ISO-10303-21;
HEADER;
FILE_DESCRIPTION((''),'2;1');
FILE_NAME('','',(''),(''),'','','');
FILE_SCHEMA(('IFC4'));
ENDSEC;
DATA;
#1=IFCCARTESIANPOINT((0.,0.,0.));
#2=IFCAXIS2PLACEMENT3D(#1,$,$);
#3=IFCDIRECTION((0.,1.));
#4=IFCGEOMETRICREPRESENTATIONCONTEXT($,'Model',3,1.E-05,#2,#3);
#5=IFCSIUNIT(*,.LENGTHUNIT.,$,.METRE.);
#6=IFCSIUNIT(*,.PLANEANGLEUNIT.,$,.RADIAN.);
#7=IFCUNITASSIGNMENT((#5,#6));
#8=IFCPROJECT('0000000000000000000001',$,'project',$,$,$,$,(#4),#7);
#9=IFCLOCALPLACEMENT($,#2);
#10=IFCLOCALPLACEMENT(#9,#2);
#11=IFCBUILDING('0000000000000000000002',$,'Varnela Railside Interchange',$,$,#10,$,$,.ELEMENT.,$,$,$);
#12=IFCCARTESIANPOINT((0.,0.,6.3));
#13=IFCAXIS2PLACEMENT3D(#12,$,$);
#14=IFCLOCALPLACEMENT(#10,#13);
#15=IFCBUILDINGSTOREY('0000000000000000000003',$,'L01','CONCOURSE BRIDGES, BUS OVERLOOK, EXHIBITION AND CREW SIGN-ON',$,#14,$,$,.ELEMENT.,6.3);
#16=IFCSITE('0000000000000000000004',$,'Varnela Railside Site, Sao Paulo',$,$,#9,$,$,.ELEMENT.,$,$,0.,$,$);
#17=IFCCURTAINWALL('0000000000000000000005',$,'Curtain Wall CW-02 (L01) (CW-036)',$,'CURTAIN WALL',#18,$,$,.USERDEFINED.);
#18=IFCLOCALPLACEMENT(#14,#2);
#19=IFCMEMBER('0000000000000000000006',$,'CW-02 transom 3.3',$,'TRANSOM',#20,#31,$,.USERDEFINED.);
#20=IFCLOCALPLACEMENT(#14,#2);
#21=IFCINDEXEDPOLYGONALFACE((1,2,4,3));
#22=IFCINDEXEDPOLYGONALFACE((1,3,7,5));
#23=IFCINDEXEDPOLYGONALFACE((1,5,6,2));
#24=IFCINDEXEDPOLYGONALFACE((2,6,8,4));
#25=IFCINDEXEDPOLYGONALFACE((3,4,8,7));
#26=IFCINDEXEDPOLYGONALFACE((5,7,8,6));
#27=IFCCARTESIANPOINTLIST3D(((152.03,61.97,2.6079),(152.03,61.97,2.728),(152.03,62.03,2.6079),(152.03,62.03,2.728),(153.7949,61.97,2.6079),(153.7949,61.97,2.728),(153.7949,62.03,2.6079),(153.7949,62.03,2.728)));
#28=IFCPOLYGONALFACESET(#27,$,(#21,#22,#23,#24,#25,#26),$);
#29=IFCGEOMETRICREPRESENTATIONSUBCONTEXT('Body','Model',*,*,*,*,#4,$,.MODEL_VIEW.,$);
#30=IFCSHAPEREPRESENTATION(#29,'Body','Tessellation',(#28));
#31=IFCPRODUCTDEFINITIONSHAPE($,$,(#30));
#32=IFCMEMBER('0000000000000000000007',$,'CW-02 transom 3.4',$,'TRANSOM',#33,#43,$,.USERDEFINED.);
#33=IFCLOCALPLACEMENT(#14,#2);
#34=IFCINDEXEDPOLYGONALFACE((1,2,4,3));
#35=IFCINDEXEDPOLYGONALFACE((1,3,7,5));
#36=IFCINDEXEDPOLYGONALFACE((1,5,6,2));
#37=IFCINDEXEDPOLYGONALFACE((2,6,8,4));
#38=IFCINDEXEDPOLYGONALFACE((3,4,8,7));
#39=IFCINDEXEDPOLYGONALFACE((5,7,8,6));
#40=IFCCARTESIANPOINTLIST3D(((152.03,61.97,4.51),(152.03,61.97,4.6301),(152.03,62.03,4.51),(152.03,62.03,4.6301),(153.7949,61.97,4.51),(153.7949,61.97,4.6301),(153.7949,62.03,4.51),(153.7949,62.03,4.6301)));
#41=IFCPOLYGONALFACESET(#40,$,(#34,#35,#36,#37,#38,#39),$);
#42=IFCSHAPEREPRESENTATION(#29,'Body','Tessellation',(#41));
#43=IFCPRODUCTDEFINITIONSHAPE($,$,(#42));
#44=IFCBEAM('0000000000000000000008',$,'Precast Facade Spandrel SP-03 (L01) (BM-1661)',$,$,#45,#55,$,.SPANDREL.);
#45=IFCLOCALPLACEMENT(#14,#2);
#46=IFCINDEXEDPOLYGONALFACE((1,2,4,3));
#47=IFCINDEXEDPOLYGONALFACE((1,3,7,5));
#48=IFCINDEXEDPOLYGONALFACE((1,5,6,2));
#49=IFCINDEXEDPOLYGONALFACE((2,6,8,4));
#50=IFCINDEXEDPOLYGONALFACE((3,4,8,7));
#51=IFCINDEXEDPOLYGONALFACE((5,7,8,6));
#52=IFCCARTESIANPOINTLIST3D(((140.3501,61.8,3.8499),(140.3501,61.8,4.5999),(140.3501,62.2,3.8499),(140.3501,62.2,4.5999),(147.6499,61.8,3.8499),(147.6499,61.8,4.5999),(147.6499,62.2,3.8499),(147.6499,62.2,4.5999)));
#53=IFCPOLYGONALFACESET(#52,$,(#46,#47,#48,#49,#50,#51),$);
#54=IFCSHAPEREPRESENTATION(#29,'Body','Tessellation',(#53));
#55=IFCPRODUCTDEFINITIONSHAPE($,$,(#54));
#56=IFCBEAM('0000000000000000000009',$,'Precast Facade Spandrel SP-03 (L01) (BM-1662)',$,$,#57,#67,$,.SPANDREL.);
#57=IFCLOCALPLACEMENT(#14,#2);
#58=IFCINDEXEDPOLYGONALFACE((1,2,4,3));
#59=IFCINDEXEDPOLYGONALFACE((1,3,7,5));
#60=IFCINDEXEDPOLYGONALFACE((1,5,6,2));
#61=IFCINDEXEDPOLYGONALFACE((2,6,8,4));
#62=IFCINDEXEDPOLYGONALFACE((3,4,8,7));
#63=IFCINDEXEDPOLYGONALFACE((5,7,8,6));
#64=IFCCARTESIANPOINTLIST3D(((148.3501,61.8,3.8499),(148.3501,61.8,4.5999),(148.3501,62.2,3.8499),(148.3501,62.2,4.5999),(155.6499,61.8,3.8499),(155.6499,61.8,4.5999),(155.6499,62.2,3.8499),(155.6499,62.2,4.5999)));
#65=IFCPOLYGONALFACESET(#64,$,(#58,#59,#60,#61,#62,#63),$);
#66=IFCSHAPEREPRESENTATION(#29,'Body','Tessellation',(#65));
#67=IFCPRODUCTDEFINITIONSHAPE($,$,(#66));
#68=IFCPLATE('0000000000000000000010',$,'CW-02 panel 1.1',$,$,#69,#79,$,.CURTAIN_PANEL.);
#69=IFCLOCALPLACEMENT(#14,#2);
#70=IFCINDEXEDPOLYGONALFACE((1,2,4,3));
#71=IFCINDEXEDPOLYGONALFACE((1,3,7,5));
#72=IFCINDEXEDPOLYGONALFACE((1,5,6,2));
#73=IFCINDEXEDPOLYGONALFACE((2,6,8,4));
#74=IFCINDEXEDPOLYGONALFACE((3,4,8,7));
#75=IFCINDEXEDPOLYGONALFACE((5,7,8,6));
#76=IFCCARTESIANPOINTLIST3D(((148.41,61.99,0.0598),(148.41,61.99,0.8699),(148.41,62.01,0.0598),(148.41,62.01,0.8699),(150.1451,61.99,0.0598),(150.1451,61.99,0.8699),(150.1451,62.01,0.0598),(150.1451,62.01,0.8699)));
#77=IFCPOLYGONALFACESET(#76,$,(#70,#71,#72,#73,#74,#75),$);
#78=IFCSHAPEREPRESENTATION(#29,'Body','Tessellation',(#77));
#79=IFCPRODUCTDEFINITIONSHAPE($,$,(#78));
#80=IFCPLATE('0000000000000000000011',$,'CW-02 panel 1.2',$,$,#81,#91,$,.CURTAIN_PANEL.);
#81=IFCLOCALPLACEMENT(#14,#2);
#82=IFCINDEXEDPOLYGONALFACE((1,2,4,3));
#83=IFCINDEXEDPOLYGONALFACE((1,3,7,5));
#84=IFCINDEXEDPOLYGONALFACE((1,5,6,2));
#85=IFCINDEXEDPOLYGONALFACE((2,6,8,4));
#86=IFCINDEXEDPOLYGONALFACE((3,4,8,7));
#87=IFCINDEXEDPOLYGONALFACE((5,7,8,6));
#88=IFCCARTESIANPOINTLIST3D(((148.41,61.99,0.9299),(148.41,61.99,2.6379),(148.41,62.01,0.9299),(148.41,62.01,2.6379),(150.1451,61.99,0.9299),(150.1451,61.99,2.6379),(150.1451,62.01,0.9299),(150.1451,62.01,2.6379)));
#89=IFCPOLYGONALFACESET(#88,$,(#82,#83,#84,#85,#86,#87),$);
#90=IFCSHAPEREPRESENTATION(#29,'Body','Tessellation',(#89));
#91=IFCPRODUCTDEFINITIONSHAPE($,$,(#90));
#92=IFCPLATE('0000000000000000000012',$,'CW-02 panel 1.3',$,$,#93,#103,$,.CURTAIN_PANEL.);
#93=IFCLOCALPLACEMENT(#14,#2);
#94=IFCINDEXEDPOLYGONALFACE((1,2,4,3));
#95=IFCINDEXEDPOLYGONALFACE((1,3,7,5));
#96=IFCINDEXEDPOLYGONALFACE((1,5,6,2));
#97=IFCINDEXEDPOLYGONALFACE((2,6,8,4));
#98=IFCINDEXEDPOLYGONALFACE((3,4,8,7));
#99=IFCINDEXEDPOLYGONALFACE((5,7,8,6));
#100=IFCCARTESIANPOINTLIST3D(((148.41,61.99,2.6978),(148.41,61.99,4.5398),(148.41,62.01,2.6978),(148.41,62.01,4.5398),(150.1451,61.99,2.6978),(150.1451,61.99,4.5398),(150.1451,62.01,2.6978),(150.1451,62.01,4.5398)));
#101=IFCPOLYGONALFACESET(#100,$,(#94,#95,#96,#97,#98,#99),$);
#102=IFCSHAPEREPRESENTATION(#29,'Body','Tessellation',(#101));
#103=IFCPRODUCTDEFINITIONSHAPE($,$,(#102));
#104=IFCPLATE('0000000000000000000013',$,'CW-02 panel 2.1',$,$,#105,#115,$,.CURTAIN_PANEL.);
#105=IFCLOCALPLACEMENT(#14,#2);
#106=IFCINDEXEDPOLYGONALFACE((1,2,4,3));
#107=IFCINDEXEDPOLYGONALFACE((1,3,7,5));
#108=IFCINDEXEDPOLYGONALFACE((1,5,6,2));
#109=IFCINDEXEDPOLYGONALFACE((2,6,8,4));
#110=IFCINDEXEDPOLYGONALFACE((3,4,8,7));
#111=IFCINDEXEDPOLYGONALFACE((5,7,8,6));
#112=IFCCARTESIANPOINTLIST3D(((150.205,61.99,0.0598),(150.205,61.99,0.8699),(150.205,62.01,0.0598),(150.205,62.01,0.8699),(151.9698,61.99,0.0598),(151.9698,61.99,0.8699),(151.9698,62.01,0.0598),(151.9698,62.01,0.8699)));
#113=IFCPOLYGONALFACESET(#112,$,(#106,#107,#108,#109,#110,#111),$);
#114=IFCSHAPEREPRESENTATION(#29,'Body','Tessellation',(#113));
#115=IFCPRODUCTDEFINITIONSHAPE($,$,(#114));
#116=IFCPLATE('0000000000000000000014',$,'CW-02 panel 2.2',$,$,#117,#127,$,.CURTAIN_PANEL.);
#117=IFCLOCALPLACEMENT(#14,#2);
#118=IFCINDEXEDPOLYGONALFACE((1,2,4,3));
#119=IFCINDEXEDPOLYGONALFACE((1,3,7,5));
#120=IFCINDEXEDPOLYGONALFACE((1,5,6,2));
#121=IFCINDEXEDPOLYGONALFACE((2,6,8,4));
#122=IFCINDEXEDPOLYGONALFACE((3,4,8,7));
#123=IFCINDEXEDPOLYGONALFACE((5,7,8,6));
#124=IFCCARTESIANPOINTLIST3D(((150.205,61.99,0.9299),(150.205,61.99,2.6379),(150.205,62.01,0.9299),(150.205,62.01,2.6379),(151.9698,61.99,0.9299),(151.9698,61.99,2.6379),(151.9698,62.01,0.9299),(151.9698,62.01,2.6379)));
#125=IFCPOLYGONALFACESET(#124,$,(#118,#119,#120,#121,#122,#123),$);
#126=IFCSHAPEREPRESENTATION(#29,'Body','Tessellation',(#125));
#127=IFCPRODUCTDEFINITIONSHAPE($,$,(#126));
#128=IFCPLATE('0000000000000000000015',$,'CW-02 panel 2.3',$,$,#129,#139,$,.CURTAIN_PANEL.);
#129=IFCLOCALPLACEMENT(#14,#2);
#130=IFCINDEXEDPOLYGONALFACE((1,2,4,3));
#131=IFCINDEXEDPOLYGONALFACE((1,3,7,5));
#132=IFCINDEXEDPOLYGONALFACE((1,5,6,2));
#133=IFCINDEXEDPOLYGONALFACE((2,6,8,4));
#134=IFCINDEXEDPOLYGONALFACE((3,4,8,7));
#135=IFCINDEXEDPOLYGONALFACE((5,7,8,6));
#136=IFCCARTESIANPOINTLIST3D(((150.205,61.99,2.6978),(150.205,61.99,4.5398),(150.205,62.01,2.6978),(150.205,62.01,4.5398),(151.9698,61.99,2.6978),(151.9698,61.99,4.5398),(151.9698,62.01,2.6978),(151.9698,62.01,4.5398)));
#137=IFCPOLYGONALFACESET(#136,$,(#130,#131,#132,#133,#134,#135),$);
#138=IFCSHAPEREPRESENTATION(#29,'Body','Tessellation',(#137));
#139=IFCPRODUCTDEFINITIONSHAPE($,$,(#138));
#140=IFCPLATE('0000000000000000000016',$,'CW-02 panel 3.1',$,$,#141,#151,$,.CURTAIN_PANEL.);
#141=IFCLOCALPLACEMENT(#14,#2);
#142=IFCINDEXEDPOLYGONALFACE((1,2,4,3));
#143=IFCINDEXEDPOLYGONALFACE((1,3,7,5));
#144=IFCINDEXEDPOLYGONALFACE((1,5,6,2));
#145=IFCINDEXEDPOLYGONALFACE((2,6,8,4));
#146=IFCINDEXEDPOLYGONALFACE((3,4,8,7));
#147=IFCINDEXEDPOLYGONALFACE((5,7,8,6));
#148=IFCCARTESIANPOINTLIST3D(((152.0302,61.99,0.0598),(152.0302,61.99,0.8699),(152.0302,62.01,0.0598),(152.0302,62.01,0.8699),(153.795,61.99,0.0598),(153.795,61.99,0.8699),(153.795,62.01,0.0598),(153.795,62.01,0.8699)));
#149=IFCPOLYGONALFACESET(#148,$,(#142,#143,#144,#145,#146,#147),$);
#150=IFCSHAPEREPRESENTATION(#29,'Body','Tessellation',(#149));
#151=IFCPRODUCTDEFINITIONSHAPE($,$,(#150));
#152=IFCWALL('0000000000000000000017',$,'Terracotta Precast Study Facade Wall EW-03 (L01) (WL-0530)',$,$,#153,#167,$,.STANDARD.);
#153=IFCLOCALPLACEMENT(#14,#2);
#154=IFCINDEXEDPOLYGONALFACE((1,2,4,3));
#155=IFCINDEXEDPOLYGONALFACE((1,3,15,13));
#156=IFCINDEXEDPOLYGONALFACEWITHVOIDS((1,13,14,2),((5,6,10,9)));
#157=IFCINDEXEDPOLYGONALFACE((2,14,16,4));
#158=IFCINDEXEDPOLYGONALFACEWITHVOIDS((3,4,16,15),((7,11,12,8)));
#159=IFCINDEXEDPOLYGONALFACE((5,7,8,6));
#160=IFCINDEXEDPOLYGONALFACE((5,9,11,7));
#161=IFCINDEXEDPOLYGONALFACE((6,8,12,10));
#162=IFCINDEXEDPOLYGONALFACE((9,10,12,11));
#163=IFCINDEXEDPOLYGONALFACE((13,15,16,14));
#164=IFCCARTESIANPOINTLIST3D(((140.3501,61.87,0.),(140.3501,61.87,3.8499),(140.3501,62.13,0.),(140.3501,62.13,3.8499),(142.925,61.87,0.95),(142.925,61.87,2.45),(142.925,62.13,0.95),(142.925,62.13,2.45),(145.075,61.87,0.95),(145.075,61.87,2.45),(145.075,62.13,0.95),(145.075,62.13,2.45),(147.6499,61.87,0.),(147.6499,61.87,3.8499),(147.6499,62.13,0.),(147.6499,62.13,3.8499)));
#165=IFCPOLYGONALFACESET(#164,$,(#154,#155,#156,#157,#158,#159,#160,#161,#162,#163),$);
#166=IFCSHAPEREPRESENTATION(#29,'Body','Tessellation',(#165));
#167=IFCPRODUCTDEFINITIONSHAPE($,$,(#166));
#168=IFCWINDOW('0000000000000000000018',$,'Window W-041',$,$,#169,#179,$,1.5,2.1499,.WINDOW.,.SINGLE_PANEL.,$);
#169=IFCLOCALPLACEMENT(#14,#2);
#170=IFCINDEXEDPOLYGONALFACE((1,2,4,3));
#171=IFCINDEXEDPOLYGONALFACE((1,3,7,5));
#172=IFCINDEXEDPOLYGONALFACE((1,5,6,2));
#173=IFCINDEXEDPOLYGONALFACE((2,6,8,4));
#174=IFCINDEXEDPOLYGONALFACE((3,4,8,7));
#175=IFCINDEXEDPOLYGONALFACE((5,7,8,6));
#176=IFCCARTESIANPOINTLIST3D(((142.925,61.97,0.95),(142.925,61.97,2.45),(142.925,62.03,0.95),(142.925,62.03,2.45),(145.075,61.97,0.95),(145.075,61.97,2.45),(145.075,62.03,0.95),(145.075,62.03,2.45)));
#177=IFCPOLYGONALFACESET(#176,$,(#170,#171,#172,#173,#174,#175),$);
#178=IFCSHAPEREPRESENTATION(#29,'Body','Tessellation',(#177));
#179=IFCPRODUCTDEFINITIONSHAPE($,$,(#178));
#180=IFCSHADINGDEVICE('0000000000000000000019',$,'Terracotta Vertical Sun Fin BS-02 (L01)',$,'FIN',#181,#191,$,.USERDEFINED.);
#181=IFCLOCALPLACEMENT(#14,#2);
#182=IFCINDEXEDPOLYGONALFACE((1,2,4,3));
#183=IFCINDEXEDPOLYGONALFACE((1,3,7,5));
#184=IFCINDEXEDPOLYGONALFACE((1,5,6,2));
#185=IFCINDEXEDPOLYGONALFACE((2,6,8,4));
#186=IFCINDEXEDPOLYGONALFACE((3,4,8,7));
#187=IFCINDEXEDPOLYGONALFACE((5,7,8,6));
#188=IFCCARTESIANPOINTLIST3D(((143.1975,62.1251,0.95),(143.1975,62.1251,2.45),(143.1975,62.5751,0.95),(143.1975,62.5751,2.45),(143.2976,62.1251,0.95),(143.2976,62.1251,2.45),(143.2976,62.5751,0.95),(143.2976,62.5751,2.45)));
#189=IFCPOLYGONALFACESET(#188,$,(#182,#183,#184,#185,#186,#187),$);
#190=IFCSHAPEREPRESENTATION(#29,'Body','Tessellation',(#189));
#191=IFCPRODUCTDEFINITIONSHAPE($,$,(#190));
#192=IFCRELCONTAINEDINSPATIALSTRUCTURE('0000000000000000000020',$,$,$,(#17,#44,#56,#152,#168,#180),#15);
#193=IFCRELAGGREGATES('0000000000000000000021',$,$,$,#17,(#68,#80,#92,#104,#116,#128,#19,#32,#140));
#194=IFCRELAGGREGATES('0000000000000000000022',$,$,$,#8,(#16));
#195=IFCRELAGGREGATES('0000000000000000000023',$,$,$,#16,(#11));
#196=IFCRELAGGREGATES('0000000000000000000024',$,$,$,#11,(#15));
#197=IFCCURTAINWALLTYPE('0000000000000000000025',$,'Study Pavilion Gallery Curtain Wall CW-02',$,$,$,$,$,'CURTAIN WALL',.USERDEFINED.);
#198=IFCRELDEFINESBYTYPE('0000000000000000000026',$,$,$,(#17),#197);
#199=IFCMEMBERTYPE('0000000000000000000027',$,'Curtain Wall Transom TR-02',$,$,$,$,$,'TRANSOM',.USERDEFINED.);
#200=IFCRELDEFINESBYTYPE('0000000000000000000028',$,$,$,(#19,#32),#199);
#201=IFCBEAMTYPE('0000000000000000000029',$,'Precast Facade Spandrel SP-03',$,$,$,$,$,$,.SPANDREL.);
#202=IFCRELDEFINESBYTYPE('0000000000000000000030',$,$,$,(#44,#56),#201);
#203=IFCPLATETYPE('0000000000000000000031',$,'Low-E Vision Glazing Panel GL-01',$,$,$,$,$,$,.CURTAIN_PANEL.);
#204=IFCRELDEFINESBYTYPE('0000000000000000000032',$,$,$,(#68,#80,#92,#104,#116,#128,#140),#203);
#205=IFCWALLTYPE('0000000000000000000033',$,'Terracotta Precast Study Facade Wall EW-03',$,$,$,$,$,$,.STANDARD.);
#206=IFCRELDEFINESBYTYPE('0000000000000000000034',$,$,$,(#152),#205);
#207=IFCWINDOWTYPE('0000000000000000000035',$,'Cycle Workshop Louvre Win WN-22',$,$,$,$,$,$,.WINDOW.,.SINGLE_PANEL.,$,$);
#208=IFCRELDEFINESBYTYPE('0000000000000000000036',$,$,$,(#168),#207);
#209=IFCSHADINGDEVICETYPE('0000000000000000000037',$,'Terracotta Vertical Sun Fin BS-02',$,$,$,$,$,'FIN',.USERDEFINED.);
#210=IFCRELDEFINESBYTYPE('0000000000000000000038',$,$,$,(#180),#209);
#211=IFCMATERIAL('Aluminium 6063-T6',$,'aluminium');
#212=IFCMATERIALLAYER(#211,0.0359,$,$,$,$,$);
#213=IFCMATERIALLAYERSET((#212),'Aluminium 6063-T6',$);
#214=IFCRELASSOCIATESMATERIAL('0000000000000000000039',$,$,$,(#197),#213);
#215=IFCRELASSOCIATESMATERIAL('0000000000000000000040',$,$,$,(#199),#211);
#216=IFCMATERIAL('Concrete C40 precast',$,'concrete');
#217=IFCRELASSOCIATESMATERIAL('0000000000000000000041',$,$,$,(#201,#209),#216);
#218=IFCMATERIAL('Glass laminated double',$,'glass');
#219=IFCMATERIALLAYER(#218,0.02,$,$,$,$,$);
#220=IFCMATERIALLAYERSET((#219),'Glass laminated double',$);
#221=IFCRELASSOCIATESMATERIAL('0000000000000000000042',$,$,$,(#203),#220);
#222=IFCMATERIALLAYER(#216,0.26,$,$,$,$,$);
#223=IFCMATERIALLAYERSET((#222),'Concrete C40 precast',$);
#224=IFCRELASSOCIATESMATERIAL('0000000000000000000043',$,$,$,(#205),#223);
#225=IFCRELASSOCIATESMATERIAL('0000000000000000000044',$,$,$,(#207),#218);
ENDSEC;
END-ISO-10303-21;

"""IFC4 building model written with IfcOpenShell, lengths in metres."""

from ifc_helpers import new_model, si_unit, direction, frame, frame_2d, origin, origin_2d, place, context, subcontext, project, spatial, rectangle, extrude, material, layer, layer_set, material_profile, profile_set, type_object, element, fill, aggregate, save


model = new_model("IFC4")

# Units and contexts
model_context = context("Model", 3, precision=1e-05, world=origin(), true_north=direction((0.0, 1.0)))
body_context = subcontext(model_context, "Body", "Model", "MODEL_VIEW")
ifc_project = project(units=[si_unit("LENGTHUNIT", "METRE"), si_unit("PLANEANGLEUNIT", "RADIAN")], contexts=[model_context])

# Site, building, storey
site_placement = place(None, origin())
site = spatial("IfcSite", under=ifc_project, at=site_placement, Name="Varnela Railside Site, Sao Paulo", CompositionType="ELEMENT", RefElevation=0.0)
building_placement = place(site_placement, origin())
building = spatial("IfcBuilding", under=site, at=building_placement, Name="Varnela Railside Interchange", CompositionType="ELEMENT")
storey_placement = place(building_placement, frame((0.0, 0.0, 6.3)))
storey = spatial("IfcBuildingStorey", under=building, at=storey_placement, Name="L01", Description="CONCOURSE BRIDGES, BUS OVERLOOK, EXHIBITION AND CREW SIGN-ON", CompositionType="ELEMENT", Elevation=6.3)

# Curtain wall, members
ifc_material_1 = material(Name="Aluminium 6063-T6", Category="aluminium")
ifc_layer_1 = layer(ifc_material_1, 0.0359)
ifc_layer_set_1 = layer_set([ifc_layer_1], Name="Aluminium 6063-T6")
curtain_wall_type = type_object("IfcCurtainWallType", Name="Study Pavilion Gallery Curtain Wall CW-02", ElementType="CURTAIN WALL", PredefinedType="USERDEFINED", material=ifc_layer_set_1)
curtain_wall_placement = place(storey_placement, origin())
curtain_wall = element("IfcCurtainWall", 1, at=curtain_wall_placement, inside=storey, type_object=curtain_wall_type, Name="Curtain Wall CW-02 (L01) (CW-036)", ObjectType="CURTAIN WALL", PredefinedType="USERDEFINED")
ifc_material_profile_1 = material_profile(ifc_material_1, rectangle(XDim=0.0601, YDim=0.1201, at=origin_2d()), Name="ALU 60x120")
ifc_profile_set_1 = profile_set([ifc_material_profile_1], Name="Aluminium 6063-T6")
member_type_1 = type_object("IfcMemberType", Name="Curtain Wall Transom TR-02", ElementType="TRANSOM", PredefinedType="USERDEFINED", material=ifc_profile_set_1)
member_1_placement = place(storey_placement, frame((152.03, 62.0, 2.668), z_axis=(1.0, 0.0, 0.0), x_axis=(0.0, 1.0, 0.0)))
member_1 = element("IfcMember", 2, at=member_1_placement, type_object=member_type_1, Name="CW-02 transom 3.3", ObjectType="TRANSOM", PredefinedType="USERDEFINED", context=body_context, shape_type="SweptSolid", body=[
    extrude(rectangle(XDim=0.0601, YDim=0.1201, at=origin_2d()), origin(), (0.0, 0.0, 1.0), 1.7649),
])
member_2_placement = place(storey_placement, frame((152.03, 62.0, 4.5701), z_axis=(1.0, 0.0, 0.0), x_axis=(0.0, 1.0, 0.0)))
member_2 = element("IfcMember", 3, at=member_2_placement, type_object=member_type_1, Name="CW-02 transom 3.4", ObjectType="TRANSOM", PredefinedType="USERDEFINED", context=body_context, shape_type="SweptSolid", body=[
    extrude(rectangle(XDim=0.0601, YDim=0.1201, at=origin_2d()), origin(), (0.0, 0.0, 1.0), 1.7649),
])

# Beams
ifc_material_2 = material(Name="Concrete C40 precast", Category="concrete")
ifc_material_profile_2 = material_profile(ifc_material_2, rectangle(XDim=0.3999, YDim=0.75, at=origin_2d()), Name="PC 400x750")
ifc_profile_set_2 = profile_set([ifc_material_profile_2], Name="Concrete C40 precast")
beam_type = type_object("IfcBeamType", Name="Precast Facade Spandrel SP-03", PredefinedType="SPANDREL", material=ifc_profile_set_2)
for number, where, z_axis, x_axis, name in (
    (4, (140.3501, 62.0, 4.2249), (1.0, 0.0, 0.0), (0.0, 1.0, 0.0), "Precast Facade Spandrel SP-03 (L01) (BM-1661)"),
    (5, (148.3501, 62.0, 4.2249), (1.0, 0.0, 0.0), (0.0, 1.0, 0.0), "Precast Facade Spandrel SP-03 (L01) (BM-1662)"),
):
    element("IfcBeam", number, at=place(storey_placement, frame(where, z_axis=z_axis, x_axis=x_axis)), inside=storey, type_object=beam_type, Name=name, PredefinedType="SPANDREL", context=body_context, shape_type="SweptSolid", body=[
        extrude(rectangle(XDim=0.3999, YDim=0.75, at=origin_2d()), origin(), (0.0, 0.0, 1.0), 7.2998),
    ])

# Plates
ifc_material_3 = material(Name="Glass laminated double", Category="glass")
ifc_layer_2 = layer(ifc_material_3, 0.02)
ifc_layer_set_2 = layer_set([ifc_layer_2], Name="Glass laminated double")
plate_type = type_object("IfcPlateType", Name="Low-E Vision Glazing Panel GL-01", PredefinedType="CURTAIN_PANEL", material=ifc_layer_set_2)
plate_1_placement = place(storey_placement, frame((149.2776, 62.0, 0.0598), z_axis=(0.0, 0.0, 1.0), x_axis=(1.0, 0.0, 0.0)))
plate_1 = element("IfcPlate", 6, at=plate_1_placement, type_object=plate_type, Name="CW-02 panel 1.1", PredefinedType="CURTAIN_PANEL", context=body_context, shape_type="SweptSolid", body=[
    extrude(rectangle(XDim=1.7351, YDim=0.02, at=origin_2d()), origin(), (0.0, 0.0, 1.0), 0.8101),
])
plate_2_placement = place(storey_placement, frame((149.2776, 62.0, 0.9299), z_axis=(0.0, 0.0, 1.0), x_axis=(1.0, 0.0, 0.0)))
plate_2 = element("IfcPlate", 7, at=plate_2_placement, type_object=plate_type, Name="CW-02 panel 1.2", PredefinedType="CURTAIN_PANEL", context=body_context, shape_type="SweptSolid", body=[
    extrude(rectangle(XDim=1.7351, YDim=0.02, at=origin_2d()), origin(), (0.0, 0.0, 1.0), 1.708),
])
plate_3_placement = place(storey_placement, frame((149.2776, 62.0, 2.6978), z_axis=(0.0, 0.0, 1.0), x_axis=(1.0, 0.0, 0.0)))
plate_3 = element("IfcPlate", 8, at=plate_3_placement, type_object=plate_type, Name="CW-02 panel 1.3", PredefinedType="CURTAIN_PANEL", context=body_context, shape_type="SweptSolid", body=[
    extrude(rectangle(XDim=1.7351, YDim=0.02, at=origin_2d()), origin(), (0.0, 0.0, 1.0), 1.842),
])
plate_4_placement = place(storey_placement, frame((151.0874, 62.0, 0.0598), z_axis=(0.0, 0.0, 1.0), x_axis=(1.0, 0.0, 0.0)))
plate_4 = element("IfcPlate", 9, at=plate_4_placement, type_object=plate_type, Name="CW-02 panel 2.1", PredefinedType="CURTAIN_PANEL", context=body_context, shape_type="SweptSolid", body=[
    extrude(rectangle(XDim=1.7649, YDim=0.02, at=origin_2d()), origin(), (0.0, 0.0, 1.0), 0.8101),
])
plate_5_placement = place(storey_placement, frame((151.0874, 62.0, 0.9299), z_axis=(0.0, 0.0, 1.0), x_axis=(1.0, 0.0, 0.0)))
plate_5 = element("IfcPlate", 10, at=plate_5_placement, type_object=plate_type, Name="CW-02 panel 2.2", PredefinedType="CURTAIN_PANEL", context=body_context, shape_type="SweptSolid", body=[
    extrude(rectangle(XDim=1.7649, YDim=0.02, at=origin_2d()), origin(), (0.0, 0.0, 1.0), 1.708),
])
plate_6_placement = place(storey_placement, frame((151.0874, 62.0, 2.6978), z_axis=(0.0, 0.0, 1.0), x_axis=(1.0, 0.0, 0.0)))
plate_6 = element("IfcPlate", 11, at=plate_6_placement, type_object=plate_type, Name="CW-02 panel 2.3", PredefinedType="CURTAIN_PANEL", context=body_context, shape_type="SweptSolid", body=[
    extrude(rectangle(XDim=1.7649, YDim=0.02, at=origin_2d()), origin(), (0.0, 0.0, 1.0), 1.842),
])
plate_7_placement = place(storey_placement, frame((152.9126, 62.0, 0.0598), z_axis=(0.0, 0.0, 1.0), x_axis=(1.0, 0.0, 0.0)))
plate_7 = element("IfcPlate", 12, at=plate_7_placement, type_object=plate_type, Name="CW-02 panel 3.1", PredefinedType="CURTAIN_PANEL", context=body_context, shape_type="SweptSolid", body=[
    extrude(rectangle(XDim=1.7649, YDim=0.02, at=origin_2d()), origin(), (0.0, 0.0, 1.0), 0.8101),
])
aggregate(curtain_wall, [plate_1, plate_2, plate_3, plate_4, plate_5, plate_6, member_1, member_2, plate_7])

# Wall, opening, window
ifc_layer_3 = layer(ifc_material_2, 0.26)
ifc_layer_set_3 = layer_set([ifc_layer_3], Name="Concrete C40 precast")
wall_type = type_object("IfcWallType", Name="Terracotta Precast Study Facade Wall EW-03", PredefinedType="STANDARD", material=ifc_layer_set_3)
wall_placement = place(storey_placement, frame((140.3501, 62.0, 0.0), z_axis=(0.0, 0.0, 1.0), x_axis=(1.0, 0.0, 0.0)))
wall = element("IfcWall", 13, at=wall_placement, inside=storey, type_object=wall_type, Name="Terracotta Precast Study Facade Wall EW-03 (L01) (WL-0530)", PredefinedType="STANDARD", context=body_context, shape_type="SweptSolid", body=[
    extrude(rectangle(XDim=7.2998, YDim=0.26, at=frame_2d((3.6499, 0.0))), origin(), (0.0, 0.0, 1.0), 3.8499),
])
opening_placement = place(wall_placement, frame((2.575, 0.0, 0.95)))
opening = element("IfcOpeningElement", 14, at=opening_placement, cuts=wall, PredefinedType="OPENING", context=body_context, shape_type="SweptSolid", body=[
    extrude(rectangle(XDim=2.1499, YDim=1.5, at=frame_2d((1.075, 0.75))), frame((0.0, 0.1399, 0.0), z_axis=(0.0, -1.0, 0.0), x_axis=(1.0, 0.0, 0.0)), (0.0, 0.0, 1.0), 0.28),
])
window_type = type_object("IfcWindowType", Name="Cycle Workshop Louvre Win WN-22", PartitioningType="SINGLE_PANEL", PredefinedType="WINDOW", material=ifc_material_3)
window_placement = place(opening_placement, origin())
window = element("IfcWindow", 15, at=window_placement, inside=storey, type_object=window_type, Name="Window W-041", OverallHeight=1.5, OverallWidth=2.1499, PartitioningType="SINGLE_PANEL", PredefinedType="WINDOW", context=body_context, shape_type="SweptSolid", body=[
    extrude(rectangle(XDim=2.1499, YDim=1.5, at=frame_2d((1.075, 0.75))), frame((0.0, 0.03, 0.0), z_axis=(0.0, -1.0, 0.0), x_axis=(1.0, 0.0, 0.0)), (0.0, 0.0, 1.0), 0.0601),
])
fill(opening, window)

# Shading device
shading_device_type = type_object("IfcShadingDeviceType", Name="Terracotta Vertical Sun Fin BS-02", ElementType="FIN", PredefinedType="USERDEFINED", material=ifc_material_2)
for number, where, z_axis, x_axis, name in (
    (16, (143.2476, 62.3501, 0.95), (0.0, 0.0, 1.0), (0.0, 1.0, 0.0), "Terracotta Vertical Sun Fin BS-02 (L01)"),
):
    element("IfcShadingDevice", number, at=place(storey_placement, frame(where, z_axis=z_axis, x_axis=x_axis)), inside=storey, type_object=shading_device_type, Name=name, ObjectType="FIN", PredefinedType="USERDEFINED", context=body_context, shape_type="SweptSolid", body=[
        extrude(rectangle(XDim=0.45, YDim=0.1001, at=origin_2d()), origin(), (0.0, 0.0, 1.0), 1.5),
    ])

save(model, "model.ifc")
